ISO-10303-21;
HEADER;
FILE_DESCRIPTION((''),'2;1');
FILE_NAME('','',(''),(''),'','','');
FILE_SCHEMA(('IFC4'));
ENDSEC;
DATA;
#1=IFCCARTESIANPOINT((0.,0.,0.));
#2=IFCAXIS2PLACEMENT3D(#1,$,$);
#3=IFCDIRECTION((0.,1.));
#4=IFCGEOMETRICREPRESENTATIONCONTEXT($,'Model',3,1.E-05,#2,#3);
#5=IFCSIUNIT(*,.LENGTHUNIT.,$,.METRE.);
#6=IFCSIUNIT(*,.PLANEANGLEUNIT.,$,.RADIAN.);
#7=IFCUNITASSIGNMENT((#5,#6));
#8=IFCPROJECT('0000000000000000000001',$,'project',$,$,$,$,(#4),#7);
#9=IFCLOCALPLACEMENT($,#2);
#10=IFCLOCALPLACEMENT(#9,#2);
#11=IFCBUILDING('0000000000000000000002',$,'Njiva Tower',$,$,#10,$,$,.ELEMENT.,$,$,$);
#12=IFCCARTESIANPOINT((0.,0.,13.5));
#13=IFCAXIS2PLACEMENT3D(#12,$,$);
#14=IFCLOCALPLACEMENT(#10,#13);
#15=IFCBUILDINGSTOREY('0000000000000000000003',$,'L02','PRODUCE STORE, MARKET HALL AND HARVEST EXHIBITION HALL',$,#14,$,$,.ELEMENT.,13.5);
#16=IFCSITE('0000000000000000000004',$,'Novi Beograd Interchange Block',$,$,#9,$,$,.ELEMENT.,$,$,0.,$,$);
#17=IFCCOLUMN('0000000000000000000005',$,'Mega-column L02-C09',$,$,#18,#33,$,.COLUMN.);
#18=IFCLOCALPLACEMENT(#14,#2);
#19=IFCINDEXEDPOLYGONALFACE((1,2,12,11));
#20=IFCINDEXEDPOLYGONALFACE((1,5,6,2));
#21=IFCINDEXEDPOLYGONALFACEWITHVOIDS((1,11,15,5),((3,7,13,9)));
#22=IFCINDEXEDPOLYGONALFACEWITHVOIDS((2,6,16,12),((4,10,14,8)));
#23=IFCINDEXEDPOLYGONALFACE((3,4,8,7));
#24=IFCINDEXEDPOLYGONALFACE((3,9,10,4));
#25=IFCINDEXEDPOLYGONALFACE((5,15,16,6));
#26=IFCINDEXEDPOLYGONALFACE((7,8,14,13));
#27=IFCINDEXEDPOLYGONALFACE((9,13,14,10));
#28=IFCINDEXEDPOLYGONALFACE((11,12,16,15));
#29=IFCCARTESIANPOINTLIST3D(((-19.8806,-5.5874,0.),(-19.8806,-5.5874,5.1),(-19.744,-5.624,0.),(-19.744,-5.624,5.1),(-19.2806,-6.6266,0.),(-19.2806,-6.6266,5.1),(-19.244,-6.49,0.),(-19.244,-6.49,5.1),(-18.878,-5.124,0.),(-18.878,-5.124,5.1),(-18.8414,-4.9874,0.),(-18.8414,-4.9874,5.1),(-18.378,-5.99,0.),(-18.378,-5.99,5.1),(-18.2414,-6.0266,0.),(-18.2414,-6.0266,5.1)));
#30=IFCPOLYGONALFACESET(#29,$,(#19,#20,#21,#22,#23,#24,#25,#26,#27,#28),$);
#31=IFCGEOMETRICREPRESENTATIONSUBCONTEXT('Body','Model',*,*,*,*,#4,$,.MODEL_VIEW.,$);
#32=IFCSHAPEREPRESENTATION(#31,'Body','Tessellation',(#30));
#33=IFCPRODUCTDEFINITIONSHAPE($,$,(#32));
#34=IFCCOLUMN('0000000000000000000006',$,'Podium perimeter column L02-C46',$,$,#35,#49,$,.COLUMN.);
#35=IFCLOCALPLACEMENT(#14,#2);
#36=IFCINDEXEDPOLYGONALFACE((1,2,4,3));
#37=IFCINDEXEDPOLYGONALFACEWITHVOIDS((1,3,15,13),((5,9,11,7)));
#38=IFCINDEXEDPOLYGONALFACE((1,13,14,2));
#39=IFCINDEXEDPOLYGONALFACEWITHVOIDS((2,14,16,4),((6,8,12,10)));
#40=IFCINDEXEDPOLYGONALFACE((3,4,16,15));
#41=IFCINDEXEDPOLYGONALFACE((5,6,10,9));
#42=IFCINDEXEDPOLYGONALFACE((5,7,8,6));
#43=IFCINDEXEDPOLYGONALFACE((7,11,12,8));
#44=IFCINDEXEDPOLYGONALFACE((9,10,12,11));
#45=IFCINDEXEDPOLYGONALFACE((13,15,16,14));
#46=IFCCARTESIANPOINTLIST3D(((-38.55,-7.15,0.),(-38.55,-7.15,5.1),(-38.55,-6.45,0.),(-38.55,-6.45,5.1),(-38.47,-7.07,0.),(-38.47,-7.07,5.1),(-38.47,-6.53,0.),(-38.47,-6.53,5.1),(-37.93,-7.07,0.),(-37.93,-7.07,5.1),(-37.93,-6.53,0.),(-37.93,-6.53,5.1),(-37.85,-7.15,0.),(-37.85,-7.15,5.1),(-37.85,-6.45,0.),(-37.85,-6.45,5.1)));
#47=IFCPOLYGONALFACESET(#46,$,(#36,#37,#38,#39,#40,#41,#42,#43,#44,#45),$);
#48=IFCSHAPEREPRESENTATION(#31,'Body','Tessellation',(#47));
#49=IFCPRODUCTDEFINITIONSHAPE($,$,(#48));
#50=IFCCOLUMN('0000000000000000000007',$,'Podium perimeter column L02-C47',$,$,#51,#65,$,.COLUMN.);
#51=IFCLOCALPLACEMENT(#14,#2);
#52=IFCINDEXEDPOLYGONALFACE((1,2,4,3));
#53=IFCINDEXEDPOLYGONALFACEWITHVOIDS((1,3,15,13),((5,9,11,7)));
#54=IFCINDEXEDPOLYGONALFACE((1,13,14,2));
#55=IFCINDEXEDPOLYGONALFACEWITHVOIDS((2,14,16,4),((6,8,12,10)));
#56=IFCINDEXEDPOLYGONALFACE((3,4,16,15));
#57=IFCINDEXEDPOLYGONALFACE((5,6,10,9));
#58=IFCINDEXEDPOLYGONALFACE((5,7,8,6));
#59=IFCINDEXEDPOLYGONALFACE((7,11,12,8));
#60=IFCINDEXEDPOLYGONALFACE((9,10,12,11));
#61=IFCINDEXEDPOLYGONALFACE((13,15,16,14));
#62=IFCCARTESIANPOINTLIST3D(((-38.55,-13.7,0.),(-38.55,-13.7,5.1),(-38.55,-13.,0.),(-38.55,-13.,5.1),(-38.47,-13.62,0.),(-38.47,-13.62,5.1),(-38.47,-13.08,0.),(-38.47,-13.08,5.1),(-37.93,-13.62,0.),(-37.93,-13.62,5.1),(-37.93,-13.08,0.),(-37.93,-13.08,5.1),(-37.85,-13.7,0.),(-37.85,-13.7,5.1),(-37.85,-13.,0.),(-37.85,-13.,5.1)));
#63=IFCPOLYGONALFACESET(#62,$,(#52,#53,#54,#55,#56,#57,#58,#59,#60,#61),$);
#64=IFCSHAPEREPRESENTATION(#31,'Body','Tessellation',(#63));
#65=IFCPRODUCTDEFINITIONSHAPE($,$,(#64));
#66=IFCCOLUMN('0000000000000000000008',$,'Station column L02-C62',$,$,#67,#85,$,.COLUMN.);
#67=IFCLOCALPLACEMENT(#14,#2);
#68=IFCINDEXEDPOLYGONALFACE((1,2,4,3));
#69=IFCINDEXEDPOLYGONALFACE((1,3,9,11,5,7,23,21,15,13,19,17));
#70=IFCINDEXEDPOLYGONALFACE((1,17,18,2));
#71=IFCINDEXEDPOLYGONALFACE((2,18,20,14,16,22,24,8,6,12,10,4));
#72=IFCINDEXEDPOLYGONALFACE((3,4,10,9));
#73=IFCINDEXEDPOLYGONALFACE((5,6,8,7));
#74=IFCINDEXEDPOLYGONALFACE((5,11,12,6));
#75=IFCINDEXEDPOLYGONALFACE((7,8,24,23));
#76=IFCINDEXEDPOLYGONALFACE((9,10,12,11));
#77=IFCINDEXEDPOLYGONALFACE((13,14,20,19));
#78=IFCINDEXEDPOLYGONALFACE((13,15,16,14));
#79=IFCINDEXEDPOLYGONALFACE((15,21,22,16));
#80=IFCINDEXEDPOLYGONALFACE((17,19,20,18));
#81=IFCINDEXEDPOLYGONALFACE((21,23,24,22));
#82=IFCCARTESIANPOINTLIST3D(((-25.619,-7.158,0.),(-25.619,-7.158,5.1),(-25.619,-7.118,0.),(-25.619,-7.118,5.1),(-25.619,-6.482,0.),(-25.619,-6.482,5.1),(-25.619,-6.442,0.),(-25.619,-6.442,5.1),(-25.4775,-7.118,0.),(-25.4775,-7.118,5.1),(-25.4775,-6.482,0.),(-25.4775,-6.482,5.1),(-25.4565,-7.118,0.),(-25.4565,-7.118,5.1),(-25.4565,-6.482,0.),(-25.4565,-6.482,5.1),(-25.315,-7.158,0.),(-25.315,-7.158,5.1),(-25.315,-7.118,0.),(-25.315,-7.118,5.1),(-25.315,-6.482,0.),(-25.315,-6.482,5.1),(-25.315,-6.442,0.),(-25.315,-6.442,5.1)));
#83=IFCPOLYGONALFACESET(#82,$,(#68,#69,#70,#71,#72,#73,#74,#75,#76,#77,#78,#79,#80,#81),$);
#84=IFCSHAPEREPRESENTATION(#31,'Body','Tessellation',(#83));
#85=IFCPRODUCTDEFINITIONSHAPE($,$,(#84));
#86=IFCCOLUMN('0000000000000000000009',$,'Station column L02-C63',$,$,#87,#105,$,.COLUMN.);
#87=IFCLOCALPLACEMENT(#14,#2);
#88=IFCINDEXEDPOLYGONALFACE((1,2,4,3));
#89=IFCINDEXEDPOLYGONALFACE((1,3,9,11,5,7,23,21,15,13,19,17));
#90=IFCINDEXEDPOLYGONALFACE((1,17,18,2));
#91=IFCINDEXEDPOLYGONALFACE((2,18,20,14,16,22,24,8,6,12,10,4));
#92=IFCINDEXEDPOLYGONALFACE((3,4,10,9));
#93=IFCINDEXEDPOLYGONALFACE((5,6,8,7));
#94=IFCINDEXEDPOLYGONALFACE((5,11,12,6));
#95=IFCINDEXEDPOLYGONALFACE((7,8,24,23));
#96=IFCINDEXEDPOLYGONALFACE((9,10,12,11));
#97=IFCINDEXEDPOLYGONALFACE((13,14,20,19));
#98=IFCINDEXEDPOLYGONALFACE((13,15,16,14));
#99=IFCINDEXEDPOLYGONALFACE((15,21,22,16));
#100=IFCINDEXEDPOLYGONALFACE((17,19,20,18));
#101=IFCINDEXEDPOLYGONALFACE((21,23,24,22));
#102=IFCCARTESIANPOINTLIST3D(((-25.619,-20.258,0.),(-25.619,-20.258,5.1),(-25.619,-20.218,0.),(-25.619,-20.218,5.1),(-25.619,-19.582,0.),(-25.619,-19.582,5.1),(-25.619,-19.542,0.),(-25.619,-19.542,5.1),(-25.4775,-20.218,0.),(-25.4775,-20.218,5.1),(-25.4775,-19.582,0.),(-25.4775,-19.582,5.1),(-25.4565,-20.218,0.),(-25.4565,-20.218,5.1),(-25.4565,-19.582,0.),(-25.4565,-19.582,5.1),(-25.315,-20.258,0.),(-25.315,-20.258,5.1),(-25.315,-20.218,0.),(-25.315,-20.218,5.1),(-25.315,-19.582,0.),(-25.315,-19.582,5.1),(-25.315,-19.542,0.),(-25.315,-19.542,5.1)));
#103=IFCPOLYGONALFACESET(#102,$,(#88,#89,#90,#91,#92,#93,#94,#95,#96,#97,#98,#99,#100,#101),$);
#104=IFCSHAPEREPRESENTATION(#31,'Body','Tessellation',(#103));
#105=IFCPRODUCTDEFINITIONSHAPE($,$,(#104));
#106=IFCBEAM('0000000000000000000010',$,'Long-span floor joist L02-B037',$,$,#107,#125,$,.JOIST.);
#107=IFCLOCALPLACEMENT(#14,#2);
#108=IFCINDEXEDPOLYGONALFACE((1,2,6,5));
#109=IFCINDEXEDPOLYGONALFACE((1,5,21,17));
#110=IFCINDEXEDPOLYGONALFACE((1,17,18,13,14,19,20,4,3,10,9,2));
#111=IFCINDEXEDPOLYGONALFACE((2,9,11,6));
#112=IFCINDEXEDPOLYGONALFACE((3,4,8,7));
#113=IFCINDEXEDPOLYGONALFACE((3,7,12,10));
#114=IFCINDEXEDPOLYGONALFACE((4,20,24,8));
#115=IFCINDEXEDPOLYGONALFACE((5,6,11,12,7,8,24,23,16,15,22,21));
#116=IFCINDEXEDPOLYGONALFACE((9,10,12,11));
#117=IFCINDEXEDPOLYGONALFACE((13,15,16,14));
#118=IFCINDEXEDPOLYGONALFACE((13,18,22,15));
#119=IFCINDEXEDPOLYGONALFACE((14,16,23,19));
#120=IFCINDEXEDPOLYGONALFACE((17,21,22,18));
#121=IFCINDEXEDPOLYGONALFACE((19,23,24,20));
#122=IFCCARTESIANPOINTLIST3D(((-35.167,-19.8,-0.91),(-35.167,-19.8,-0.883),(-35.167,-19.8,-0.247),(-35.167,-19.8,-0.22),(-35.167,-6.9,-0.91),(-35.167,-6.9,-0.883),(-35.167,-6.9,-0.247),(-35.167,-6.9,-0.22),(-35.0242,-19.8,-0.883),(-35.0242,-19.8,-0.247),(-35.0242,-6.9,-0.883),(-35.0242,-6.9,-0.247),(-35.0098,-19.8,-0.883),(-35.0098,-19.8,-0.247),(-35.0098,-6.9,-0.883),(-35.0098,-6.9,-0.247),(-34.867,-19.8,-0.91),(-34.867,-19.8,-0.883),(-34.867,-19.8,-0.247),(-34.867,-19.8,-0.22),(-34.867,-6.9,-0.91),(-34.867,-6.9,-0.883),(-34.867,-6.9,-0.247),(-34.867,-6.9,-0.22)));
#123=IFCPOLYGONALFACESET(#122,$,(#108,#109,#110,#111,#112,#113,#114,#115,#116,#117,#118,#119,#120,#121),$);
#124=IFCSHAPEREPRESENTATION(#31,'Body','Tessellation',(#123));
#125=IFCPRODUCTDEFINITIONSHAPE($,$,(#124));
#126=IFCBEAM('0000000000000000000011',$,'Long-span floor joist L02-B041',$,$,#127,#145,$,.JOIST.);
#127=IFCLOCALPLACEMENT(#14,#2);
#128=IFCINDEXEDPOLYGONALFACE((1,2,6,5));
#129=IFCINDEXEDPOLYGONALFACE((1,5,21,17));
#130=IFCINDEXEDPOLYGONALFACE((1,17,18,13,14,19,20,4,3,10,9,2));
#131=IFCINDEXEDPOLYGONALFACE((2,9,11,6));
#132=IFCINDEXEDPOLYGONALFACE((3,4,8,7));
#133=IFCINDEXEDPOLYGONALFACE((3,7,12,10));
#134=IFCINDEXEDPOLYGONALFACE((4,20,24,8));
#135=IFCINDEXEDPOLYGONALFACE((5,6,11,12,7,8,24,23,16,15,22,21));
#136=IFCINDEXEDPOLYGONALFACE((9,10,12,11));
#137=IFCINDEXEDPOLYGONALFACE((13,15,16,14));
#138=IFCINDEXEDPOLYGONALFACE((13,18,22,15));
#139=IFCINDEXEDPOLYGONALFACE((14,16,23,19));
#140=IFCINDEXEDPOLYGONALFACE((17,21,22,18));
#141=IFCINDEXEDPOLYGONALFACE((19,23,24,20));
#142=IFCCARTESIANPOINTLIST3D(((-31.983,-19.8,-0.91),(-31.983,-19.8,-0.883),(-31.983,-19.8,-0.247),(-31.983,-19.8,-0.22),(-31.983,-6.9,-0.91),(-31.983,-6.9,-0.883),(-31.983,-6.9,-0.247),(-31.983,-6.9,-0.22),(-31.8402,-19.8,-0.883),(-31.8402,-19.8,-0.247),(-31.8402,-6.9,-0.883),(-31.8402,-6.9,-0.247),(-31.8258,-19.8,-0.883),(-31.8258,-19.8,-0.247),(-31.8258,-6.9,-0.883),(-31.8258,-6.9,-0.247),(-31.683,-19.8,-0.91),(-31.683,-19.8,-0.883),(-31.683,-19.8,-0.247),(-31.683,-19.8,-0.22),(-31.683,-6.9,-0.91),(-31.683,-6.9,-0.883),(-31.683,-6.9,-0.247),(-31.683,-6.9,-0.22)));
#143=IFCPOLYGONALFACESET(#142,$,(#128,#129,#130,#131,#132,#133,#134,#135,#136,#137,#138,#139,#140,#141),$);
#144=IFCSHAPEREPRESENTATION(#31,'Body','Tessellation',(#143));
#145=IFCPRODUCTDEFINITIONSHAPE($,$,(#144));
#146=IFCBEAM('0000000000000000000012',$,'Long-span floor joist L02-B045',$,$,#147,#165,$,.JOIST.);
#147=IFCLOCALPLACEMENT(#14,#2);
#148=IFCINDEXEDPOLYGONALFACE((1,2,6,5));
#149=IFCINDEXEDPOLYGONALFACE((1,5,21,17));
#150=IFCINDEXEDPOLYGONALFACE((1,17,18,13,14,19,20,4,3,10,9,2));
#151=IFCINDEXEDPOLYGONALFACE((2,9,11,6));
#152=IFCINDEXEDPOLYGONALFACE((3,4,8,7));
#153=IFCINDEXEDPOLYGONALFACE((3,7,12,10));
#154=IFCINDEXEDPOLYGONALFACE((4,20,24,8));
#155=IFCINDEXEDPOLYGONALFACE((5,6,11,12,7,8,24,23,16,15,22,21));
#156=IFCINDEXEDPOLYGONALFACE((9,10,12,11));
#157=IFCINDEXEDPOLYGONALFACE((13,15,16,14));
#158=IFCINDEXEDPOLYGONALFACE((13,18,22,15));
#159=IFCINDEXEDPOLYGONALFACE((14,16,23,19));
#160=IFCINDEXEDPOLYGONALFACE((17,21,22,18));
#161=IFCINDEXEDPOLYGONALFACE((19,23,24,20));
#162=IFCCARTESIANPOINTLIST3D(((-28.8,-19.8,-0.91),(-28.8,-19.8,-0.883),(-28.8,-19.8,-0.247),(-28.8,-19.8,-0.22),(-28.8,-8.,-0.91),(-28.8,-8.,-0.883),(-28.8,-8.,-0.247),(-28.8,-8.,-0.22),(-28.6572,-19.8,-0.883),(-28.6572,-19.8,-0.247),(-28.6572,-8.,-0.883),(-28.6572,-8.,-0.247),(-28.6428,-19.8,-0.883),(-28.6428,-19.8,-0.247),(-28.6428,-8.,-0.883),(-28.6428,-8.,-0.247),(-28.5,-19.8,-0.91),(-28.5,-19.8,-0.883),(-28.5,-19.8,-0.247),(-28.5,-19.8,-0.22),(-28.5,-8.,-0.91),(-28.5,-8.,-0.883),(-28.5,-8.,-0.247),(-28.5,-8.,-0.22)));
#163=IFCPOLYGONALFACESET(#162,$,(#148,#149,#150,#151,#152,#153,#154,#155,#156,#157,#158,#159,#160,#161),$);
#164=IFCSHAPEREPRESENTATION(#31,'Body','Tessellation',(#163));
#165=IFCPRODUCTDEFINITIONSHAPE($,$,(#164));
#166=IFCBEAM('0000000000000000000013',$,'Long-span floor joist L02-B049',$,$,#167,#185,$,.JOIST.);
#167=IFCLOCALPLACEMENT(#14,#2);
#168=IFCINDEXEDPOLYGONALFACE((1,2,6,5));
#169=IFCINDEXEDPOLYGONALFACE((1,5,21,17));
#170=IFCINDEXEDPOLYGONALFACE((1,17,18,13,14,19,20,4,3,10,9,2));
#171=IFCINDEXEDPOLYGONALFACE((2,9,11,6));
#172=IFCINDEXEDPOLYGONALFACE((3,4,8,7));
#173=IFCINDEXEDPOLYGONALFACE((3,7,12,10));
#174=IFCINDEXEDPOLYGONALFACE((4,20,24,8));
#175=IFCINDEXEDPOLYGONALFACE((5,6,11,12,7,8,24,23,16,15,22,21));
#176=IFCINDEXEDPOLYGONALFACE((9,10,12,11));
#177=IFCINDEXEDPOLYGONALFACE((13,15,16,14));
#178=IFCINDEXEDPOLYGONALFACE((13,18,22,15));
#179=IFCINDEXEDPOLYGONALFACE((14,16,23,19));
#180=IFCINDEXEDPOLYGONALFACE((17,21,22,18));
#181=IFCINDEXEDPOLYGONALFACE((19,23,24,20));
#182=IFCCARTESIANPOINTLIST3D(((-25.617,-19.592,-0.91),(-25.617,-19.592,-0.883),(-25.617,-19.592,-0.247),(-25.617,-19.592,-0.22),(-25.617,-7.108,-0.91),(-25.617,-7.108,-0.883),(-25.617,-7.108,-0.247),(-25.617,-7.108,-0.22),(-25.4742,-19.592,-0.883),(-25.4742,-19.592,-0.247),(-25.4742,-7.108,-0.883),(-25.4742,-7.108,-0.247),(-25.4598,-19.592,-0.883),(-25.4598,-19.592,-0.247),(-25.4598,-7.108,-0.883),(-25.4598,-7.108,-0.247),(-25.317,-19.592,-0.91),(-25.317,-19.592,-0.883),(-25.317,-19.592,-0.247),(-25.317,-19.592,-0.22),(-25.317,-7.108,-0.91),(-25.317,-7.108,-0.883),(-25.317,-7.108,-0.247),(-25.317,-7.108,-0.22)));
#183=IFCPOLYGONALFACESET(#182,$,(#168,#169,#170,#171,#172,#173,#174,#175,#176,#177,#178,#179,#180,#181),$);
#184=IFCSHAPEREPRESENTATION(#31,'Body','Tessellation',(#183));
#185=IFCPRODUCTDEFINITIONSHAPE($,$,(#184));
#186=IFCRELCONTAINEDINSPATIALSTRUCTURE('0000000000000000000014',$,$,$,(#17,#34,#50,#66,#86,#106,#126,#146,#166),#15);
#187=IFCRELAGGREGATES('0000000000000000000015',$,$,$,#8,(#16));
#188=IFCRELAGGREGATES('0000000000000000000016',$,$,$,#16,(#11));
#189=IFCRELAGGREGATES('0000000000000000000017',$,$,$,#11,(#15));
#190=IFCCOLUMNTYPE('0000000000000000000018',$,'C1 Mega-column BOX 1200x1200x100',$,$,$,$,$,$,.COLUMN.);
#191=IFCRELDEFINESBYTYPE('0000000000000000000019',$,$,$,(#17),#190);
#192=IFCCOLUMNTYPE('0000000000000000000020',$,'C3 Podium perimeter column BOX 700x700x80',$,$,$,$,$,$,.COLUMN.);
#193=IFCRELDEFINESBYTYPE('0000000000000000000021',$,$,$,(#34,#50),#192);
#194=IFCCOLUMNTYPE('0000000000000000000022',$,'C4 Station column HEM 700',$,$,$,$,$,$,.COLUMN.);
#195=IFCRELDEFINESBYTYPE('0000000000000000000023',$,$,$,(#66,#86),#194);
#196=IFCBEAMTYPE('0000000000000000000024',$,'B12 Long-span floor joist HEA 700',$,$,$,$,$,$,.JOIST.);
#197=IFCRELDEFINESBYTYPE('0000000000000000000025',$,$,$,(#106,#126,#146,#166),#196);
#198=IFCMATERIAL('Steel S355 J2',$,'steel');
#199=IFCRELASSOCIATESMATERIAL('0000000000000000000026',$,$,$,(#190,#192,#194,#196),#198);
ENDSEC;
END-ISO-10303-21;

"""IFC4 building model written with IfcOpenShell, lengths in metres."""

from ifc_helpers import new_model, si_unit, direction, frame, origin, origin_2d, place, context, subcontext, project, spatial, hollow_rectangle, i_section, extrude, material, material_profile, profile_set, type_object, element, save


model = new_model("IFC4")

# Units and contexts
model_context = context("Model", 3, precision=1e-05, world=origin(), true_north=direction((0.0, 1.0)))
body_context = subcontext(model_context, "Body", "Model", "MODEL_VIEW")
ifc_project = project(units=[si_unit("LENGTHUNIT", "METRE"), si_unit("PLANEANGLEUNIT", "RADIAN")], contexts=[model_context])

# Site, building, storey
site_placement = place(None, origin())
site = spatial("IfcSite", under=ifc_project, at=site_placement, Name="Novi Beograd Interchange Block", CompositionType="ELEMENT", RefElevation=0.0)
building_placement = place(site_placement, origin())
building = spatial("IfcBuilding", under=site, at=building_placement, Name="Njiva Tower", CompositionType="ELEMENT")
storey_placement = place(building_placement, frame((0.0, 0.0, 13.5)))
storey = spatial("IfcBuildingStorey", under=building, at=storey_placement, Name="L02", Description="PRODUCE STORE, MARKET HALL AND HARVEST EXHIBITION HALL", CompositionType="ELEMENT", Elevation=13.5)

# Columns
ifc_material_1 = material(Name="Steel S355 J2", Category="steel")
ifc_material_profile_1 = material_profile(ifc_material_1, hollow_rectangle(XDim=1.2, YDim=1.2, WallThickness=0.1, at=origin_2d()), Name="BOX 1200x1200x100")
ifc_profile_set_1 = profile_set([ifc_material_profile_1], Name="Steel S355 J2")
column_type_1 = type_object("IfcColumnType", Name="C1 Mega-column BOX 1200x1200x100", PredefinedType="COLUMN", material=ifc_profile_set_1)
column_placement = place(storey_placement, frame((-19.061, -5.807, 0.0), z_axis=(0.0, 0.0, 1.0), x_axis=(0.5, -0.866025, 0.0)))
element("IfcColumn", 1, at=column_placement, inside=storey, type_object=column_type_1, Name="Mega-column L02-C09", PredefinedType="COLUMN", context=body_context, shape_type="SweptSolid", body=[
    extrude(hollow_rectangle(XDim=1.2, YDim=1.2, WallThickness=0.1, at=origin_2d()), origin(), (0.0, 0.0, 1.0), 5.1),
])
ifc_material_profile_2 = material_profile(ifc_material_1, hollow_rectangle(XDim=0.7, YDim=0.7, WallThickness=0.08, at=origin_2d()), Name="BOX 700x700x80")
ifc_profile_set_2 = profile_set([ifc_material_profile_2], Name="Steel S355 J2")
column_type_2 = type_object("IfcColumnType", Name="C3 Podium perimeter column BOX 700x700x80", PredefinedType="COLUMN", material=ifc_profile_set_2)
for number, where, z_axis, x_axis, name in (
    (2, (-38.2, -6.8, 0.0), (0.0, 0.0, 1.0), (0.0, -1.0, 0.0), "Podium perimeter column L02-C46"),
    (3, (-38.2, -13.35, 0.0), (0.0, 0.0, 1.0), (0.0, -1.0, 0.0), "Podium perimeter column L02-C47"),
):
    element("IfcColumn", number, at=place(storey_placement, frame(where, z_axis=z_axis, x_axis=x_axis)), inside=storey, type_object=column_type_2, Name=name, PredefinedType="COLUMN", context=body_context, shape_type="SweptSolid", body=[
        extrude(hollow_rectangle(XDim=0.7, YDim=0.7, WallThickness=0.08, at=origin_2d()), origin(), (0.0, 0.0, 1.0), 5.1),
    ])
ifc_material_profile_3 = material_profile(ifc_material_1, i_section(OverallWidth=0.304, OverallDepth=0.716, WebThickness=0.021, FlangeThickness=0.04, at=origin_2d()), Name="HEM 700")
ifc_profile_set_3 = profile_set([ifc_material_profile_3], Name="Steel S355 J2")
column_type_3 = type_object("IfcColumnType", Name="C4 Station column HEM 700", PredefinedType="COLUMN", material=ifc_profile_set_3)
for number, where, z_axis, x_axis, name in (
    (4, (-25.467, -6.8, 0.0), (0.0, 0.0, 1.0), (1.0, 0.0, 0.0), "Station column L02-C62"),
    (5, (-25.467, -19.9, 0.0), (0.0, 0.0, 1.0), (1.0, 0.0, 0.0), "Station column L02-C63"),
):
    element("IfcColumn", number, at=place(storey_placement, frame(where, z_axis=z_axis, x_axis=x_axis)), inside=storey, type_object=column_type_3, Name=name, PredefinedType="COLUMN", context=body_context, shape_type="SweptSolid", body=[
        extrude(i_section(OverallWidth=0.304, OverallDepth=0.716, WebThickness=0.021, FlangeThickness=0.04, at=origin_2d()), origin(), (0.0, 0.0, 1.0), 5.1),
    ])

# Beams
ifc_material_profile_4 = material_profile(ifc_material_1, i_section(OverallWidth=0.3, OverallDepth=0.69, WebThickness=0.0145, FlangeThickness=0.027, at=origin_2d()), Name="HEA 700")
ifc_profile_set_4 = profile_set([ifc_material_profile_4], Name="Steel S355 J2")
beam_type_1 = type_object("IfcBeamType", Name="B12 Long-span floor joist HEA 700", PredefinedType="JOIST", material=ifc_profile_set_4)
for number, where, z_axis, x_axis, name in (
    (6, (-35.017, -6.9, -0.565), (0.0, -1.0, 0.0), (1.0, 0.0, 0.0), "Long-span floor joist L02-B037"),
    (7, (-31.833, -6.9, -0.565), (0.0, -1.0, 0.0), (1.0, 0.0, 0.0), "Long-span floor joist L02-B041"),
):
    element("IfcBeam", number, at=place(storey_placement, frame(where, z_axis=z_axis, x_axis=x_axis)), inside=storey, type_object=beam_type_1, Name=name, PredefinedType="JOIST", context=body_context, shape_type="SweptSolid", body=[
        extrude(i_section(OverallWidth=0.3, OverallDepth=0.69, WebThickness=0.0145, FlangeThickness=0.027, at=origin_2d()), origin(), (0.0, 0.0, 1.0), 12.9),
    ])
beam_1_placement = place(storey_placement, frame((-28.65, -8.0, -0.565), z_axis=(0.0, -1.0, 0.0), x_axis=(1.0, 0.0, 0.0)))
element("IfcBeam", 8, at=beam_1_placement, inside=storey, type_object=beam_type_1, Name="Long-span floor joist L02-B045", PredefinedType="JOIST", context=body_context, shape_type="SweptSolid", body=[
    extrude(i_section(OverallWidth=0.3, OverallDepth=0.69, WebThickness=0.0145, FlangeThickness=0.027, at=origin_2d()), origin(), (0.0, 0.0, 1.0), 11.8),
])
beam_2_placement = place(storey_placement, frame((-25.467, -7.108, -0.565), z_axis=(0.0, -1.0, 0.0), x_axis=(1.0, 0.0, 0.0)))
element("IfcBeam", 9, at=beam_2_placement, inside=storey, type_object=beam_type_1, Name="Long-span floor joist L02-B049", PredefinedType="JOIST", context=body_context, shape_type="SweptSolid", body=[
    extrude(i_section(OverallWidth=0.3, OverallDepth=0.69, WebThickness=0.0145, FlangeThickness=0.027, at=origin_2d()), origin(), (0.0, 0.0, 1.0), 12.484),
])

save(model, "model.ifc")
